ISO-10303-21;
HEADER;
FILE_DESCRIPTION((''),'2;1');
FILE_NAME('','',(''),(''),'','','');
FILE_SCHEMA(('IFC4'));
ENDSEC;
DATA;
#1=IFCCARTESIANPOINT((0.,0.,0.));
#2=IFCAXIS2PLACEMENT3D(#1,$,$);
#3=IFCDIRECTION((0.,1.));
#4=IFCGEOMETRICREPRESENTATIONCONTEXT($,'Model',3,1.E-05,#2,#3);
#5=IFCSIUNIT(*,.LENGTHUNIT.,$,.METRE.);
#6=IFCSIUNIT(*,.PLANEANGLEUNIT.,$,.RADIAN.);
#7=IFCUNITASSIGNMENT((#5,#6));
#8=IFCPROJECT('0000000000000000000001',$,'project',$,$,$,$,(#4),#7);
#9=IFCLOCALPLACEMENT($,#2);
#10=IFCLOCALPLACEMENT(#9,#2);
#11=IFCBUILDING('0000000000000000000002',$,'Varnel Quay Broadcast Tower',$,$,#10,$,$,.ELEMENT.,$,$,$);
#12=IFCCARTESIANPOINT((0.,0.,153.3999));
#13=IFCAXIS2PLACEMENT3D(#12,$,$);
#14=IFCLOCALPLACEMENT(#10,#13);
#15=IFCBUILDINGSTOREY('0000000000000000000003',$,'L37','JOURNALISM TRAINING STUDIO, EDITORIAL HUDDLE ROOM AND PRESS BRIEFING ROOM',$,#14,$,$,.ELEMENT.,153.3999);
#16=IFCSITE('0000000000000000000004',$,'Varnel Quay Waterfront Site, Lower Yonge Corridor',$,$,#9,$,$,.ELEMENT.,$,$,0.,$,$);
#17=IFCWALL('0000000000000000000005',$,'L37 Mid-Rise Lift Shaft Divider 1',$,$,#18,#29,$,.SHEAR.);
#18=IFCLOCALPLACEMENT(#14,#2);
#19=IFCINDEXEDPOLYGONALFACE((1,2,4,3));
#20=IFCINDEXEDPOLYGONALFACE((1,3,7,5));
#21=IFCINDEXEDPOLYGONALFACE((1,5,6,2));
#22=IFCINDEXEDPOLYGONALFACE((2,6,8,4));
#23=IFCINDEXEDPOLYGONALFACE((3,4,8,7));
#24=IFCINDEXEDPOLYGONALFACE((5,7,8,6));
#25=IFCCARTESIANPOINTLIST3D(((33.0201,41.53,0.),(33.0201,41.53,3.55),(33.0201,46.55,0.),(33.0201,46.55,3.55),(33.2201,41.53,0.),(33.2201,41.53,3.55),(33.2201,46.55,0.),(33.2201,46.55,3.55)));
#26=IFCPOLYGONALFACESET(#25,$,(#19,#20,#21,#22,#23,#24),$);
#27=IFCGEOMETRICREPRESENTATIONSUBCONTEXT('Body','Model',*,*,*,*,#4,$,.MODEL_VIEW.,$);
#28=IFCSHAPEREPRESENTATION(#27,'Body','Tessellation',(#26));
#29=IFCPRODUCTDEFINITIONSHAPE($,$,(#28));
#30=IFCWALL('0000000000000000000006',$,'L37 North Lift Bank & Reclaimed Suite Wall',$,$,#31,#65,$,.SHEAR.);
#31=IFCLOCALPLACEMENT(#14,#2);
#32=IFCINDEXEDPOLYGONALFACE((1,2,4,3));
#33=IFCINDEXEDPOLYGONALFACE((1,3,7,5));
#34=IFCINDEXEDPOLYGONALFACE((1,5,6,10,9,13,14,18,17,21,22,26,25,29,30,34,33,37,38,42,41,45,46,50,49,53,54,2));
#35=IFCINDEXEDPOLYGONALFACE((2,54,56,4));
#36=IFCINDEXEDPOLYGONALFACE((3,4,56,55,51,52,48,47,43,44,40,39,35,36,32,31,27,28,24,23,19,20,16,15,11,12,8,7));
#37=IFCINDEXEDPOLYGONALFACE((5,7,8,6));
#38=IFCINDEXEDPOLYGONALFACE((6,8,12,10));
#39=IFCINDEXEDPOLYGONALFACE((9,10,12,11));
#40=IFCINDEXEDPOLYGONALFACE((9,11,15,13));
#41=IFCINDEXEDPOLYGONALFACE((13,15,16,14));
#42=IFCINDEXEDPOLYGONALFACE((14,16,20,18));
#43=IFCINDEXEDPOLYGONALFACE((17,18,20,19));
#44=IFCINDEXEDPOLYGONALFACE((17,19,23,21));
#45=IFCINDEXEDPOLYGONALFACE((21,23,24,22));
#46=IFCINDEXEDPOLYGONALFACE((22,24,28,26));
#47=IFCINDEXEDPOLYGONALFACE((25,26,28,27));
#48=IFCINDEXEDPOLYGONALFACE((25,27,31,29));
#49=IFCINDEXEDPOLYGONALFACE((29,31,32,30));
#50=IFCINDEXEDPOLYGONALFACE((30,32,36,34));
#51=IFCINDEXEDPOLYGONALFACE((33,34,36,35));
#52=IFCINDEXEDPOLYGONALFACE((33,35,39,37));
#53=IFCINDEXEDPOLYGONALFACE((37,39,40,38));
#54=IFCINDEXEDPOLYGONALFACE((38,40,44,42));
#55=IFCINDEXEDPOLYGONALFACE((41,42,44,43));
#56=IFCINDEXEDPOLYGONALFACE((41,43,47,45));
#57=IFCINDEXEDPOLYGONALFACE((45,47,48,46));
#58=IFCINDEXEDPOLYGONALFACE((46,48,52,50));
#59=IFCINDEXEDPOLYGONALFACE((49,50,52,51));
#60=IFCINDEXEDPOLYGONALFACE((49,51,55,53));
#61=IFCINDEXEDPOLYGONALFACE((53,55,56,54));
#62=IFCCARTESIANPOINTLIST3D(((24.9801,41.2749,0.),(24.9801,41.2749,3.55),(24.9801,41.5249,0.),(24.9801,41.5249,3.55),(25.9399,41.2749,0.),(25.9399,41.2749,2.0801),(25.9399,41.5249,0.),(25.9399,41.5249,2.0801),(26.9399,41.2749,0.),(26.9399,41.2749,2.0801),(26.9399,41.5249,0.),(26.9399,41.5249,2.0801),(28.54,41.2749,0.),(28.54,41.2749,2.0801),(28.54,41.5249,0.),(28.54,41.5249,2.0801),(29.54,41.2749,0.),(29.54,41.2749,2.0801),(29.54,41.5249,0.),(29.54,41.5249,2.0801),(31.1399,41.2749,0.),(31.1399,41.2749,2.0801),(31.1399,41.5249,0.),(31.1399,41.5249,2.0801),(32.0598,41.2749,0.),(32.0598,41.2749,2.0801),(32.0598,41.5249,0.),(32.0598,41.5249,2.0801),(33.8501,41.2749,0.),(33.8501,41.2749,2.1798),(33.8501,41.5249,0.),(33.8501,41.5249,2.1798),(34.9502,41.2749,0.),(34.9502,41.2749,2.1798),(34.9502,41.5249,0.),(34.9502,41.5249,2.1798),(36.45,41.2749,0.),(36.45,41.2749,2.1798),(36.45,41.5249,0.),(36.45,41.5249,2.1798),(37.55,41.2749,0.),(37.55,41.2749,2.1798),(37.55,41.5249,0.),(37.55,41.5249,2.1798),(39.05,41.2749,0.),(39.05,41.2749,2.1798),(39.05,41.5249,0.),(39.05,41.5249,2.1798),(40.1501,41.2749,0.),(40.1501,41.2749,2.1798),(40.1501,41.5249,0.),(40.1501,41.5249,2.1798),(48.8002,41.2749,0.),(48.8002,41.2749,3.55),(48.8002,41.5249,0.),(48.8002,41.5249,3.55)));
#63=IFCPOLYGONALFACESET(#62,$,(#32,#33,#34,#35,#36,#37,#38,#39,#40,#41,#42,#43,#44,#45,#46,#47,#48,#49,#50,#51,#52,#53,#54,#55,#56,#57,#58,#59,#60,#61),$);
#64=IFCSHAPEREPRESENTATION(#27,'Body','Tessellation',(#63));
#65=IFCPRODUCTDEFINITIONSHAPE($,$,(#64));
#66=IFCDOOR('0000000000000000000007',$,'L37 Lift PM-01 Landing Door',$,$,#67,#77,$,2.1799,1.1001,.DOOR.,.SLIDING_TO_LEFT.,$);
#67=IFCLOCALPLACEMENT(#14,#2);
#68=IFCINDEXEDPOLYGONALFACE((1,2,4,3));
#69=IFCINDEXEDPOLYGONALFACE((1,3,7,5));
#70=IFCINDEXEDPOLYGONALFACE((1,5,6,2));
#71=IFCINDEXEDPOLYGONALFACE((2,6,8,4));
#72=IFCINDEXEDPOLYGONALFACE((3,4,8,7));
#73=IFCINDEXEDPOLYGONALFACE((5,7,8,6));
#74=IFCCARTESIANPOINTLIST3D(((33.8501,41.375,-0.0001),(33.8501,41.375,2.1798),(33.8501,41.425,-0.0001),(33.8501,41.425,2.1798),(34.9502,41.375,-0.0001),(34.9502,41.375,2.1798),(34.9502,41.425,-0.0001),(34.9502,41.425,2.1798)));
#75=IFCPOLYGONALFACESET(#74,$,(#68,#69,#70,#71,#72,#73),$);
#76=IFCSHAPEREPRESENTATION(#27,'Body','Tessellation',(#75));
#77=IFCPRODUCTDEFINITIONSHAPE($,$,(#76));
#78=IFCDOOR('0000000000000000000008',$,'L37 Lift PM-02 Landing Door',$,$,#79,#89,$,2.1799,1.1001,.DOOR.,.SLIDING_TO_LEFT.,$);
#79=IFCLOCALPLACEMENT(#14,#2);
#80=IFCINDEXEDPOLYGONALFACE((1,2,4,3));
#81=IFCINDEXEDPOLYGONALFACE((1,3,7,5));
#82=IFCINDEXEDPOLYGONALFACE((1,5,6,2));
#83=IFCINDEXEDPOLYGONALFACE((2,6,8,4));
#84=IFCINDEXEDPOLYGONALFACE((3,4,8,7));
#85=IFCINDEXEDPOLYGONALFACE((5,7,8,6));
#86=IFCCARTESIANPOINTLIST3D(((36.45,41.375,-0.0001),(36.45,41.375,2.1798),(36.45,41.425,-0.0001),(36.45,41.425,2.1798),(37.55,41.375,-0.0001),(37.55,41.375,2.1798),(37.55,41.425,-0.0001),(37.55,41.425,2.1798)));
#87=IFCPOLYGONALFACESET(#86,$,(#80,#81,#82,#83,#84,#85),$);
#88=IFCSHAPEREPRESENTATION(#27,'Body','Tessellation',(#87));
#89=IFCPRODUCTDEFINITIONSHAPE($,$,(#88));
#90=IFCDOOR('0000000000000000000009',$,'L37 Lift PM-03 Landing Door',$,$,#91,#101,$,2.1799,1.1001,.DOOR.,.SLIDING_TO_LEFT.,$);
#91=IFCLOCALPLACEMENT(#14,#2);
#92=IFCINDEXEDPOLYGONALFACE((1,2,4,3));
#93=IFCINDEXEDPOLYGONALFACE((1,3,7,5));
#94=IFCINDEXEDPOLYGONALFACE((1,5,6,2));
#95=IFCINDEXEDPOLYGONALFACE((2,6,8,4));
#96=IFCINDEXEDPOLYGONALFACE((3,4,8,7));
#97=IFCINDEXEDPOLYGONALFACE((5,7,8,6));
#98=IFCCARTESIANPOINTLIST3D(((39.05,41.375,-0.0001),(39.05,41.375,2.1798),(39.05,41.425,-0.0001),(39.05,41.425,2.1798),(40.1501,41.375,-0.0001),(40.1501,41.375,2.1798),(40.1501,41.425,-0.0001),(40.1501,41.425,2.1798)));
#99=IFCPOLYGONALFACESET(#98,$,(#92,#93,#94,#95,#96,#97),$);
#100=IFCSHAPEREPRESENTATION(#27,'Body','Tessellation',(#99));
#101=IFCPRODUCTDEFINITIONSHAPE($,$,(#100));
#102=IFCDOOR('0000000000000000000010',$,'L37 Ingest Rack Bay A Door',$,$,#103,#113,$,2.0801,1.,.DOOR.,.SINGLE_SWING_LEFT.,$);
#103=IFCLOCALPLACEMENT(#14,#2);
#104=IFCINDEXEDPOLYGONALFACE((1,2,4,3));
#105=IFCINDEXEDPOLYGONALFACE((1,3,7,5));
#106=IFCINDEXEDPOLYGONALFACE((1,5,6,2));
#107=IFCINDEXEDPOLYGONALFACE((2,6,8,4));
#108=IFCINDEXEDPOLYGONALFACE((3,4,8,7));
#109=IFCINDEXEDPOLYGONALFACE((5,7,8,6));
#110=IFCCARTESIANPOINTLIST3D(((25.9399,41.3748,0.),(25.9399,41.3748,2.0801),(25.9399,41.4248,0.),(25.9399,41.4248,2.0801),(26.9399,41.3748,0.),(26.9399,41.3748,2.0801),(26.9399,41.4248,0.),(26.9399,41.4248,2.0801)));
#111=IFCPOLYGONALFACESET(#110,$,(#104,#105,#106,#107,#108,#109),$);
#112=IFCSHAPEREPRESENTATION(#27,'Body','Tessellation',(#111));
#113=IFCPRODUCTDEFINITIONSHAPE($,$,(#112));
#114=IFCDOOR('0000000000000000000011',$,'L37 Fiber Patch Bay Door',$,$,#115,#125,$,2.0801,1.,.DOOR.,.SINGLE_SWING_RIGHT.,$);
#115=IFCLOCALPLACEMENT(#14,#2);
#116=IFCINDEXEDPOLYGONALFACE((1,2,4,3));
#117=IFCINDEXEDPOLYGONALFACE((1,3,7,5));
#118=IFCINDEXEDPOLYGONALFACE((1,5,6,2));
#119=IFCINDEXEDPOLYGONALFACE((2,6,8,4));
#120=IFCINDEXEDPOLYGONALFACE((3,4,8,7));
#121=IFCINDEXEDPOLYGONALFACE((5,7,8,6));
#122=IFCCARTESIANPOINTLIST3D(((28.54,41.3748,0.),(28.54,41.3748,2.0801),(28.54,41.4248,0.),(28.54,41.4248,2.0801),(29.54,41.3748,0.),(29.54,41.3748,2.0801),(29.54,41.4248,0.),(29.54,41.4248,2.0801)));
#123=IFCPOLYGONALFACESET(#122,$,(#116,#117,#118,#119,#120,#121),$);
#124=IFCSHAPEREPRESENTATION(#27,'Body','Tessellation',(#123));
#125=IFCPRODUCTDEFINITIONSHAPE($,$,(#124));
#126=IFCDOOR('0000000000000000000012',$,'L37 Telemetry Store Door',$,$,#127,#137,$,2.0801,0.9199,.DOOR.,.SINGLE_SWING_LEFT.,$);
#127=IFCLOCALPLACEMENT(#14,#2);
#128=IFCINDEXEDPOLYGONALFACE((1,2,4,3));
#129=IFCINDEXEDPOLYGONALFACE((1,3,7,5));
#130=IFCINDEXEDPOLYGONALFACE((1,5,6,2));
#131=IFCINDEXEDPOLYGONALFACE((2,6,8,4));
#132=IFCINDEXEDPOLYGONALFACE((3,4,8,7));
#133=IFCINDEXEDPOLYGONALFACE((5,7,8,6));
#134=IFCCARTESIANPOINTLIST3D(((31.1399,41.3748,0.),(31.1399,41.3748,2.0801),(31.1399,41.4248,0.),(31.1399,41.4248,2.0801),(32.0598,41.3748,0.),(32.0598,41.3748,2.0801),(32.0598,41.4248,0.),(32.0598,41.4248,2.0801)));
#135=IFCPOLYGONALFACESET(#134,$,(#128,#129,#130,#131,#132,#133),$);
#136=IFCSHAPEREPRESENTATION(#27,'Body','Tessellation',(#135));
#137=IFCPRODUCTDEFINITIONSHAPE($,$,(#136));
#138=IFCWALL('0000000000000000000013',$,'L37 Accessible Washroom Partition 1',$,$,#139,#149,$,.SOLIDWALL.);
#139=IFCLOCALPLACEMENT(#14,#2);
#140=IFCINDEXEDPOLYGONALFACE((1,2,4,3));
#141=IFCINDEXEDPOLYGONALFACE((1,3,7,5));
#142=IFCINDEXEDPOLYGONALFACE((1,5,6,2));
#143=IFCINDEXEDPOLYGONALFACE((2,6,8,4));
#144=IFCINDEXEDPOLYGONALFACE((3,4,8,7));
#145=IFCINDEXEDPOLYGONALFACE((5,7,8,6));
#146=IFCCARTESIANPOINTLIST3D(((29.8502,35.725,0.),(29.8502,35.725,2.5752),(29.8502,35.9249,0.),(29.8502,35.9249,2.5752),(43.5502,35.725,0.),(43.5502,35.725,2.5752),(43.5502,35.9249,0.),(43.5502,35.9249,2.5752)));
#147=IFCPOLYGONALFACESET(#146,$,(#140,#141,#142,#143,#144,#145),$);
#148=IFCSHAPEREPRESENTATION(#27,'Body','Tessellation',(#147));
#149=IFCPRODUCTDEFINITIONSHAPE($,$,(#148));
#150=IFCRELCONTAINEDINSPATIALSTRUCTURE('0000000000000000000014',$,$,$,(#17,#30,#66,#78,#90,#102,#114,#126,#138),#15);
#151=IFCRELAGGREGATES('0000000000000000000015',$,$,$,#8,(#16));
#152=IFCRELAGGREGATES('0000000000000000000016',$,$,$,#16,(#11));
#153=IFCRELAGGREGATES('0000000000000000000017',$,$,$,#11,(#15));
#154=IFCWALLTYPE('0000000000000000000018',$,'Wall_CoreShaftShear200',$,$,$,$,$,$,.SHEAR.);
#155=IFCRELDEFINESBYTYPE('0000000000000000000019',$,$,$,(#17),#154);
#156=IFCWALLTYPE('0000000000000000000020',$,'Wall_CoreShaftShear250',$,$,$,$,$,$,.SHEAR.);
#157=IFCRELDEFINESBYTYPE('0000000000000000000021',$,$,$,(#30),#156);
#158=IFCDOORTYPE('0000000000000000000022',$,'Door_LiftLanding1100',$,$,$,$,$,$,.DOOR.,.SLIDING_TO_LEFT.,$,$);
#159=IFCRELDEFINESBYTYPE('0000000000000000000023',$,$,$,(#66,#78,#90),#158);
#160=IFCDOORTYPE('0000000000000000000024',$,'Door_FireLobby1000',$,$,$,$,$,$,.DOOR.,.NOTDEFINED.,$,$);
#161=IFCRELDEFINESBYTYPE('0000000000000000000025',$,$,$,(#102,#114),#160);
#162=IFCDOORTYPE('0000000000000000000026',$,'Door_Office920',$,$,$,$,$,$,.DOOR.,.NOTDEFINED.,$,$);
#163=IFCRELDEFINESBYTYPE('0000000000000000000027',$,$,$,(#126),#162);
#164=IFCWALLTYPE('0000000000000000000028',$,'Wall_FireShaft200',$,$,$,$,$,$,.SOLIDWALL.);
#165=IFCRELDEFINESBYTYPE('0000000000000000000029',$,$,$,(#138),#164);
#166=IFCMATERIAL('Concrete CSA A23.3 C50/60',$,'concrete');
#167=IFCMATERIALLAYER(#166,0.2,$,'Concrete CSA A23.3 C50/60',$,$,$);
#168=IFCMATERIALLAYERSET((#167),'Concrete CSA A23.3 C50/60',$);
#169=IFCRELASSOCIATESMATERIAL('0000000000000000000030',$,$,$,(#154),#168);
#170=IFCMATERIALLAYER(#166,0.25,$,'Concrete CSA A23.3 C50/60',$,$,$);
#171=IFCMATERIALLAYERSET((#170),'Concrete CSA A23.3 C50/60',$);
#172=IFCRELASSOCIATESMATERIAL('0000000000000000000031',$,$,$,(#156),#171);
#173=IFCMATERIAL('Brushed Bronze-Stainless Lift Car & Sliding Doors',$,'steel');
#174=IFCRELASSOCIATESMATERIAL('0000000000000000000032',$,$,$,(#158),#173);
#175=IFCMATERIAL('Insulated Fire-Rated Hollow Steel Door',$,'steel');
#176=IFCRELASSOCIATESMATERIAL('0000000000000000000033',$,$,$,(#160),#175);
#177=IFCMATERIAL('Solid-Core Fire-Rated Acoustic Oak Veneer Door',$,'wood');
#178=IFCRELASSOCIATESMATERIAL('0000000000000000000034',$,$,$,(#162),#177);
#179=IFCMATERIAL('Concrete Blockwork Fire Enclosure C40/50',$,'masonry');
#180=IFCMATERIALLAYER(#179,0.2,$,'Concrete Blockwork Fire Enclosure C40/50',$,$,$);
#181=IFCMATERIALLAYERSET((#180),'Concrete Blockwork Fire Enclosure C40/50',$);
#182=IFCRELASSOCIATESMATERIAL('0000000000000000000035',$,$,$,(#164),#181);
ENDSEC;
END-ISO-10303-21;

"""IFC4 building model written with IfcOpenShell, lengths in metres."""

from ifc_helpers import new_model, si_unit, direction, frame, frame_2d, origin, place, context, subcontext, project, spatial, rectangle, extrude, source, transform, mapped, material, layer, layer_set, type_object, type_shapes, element, fill, save


model = new_model("IFC4")

# Units and contexts
model_context = context("Model", 3, precision=1e-05, world=origin(), true_north=direction((0.0, 1.0)))
body_context = subcontext(model_context, "Body", "Model", "MODEL_VIEW")
ifc_project = project(units=[si_unit("LENGTHUNIT", "METRE"), si_unit("PLANEANGLEUNIT", "RADIAN")], contexts=[model_context])

# Site, building, storey
site_placement = place(None, origin())
site = spatial("IfcSite", under=ifc_project, at=site_placement, Name="Varnel Quay Waterfront Site, Lower Yonge Corridor", CompositionType="ELEMENT", RefElevation=0.0)
building_placement = place(site_placement, origin())
building = spatial("IfcBuilding", under=site, at=building_placement, Name="Varnel Quay Broadcast Tower", CompositionType="ELEMENT")
storey_placement = place(building_placement, frame((0.0, 0.0, 153.3999)))
storey = spatial("IfcBuildingStorey", under=building, at=storey_placement, Name="L37", Description="JOURNALISM TRAINING STUDIO, EDITORIAL HUDDLE ROOM AND PRESS BRIEFING ROOM", CompositionType="ELEMENT", Elevation=153.3999)

# Shared definitions
ifc_material_1 = material(Name="Concrete CSA A23.3 C50/60", Category="concrete")

# Wall
ifc_layer_1 = layer(ifc_material_1, 0.2, Name="Concrete CSA A23.3 C50/60")
ifc_layer_set_1 = layer_set([ifc_layer_1], Name="Concrete CSA A23.3 C50/60")
wall_type_1 = type_object("IfcWallType", Name="Wall_CoreShaftShear200", PredefinedType="SHEAR", material=ifc_layer_set_1)
wall_1_placement = place(storey_placement, frame((33.1201, 41.53, 0.0), z_axis=(0.0, 0.0, 1.0), x_axis=(0.0, 1.0, 0.0)))
element("IfcWall", 1, at=wall_1_placement, inside=storey, type_object=wall_type_1, Name="L37 Mid-Rise Lift Shaft Divider 1", PredefinedType="SHEAR", context=body_context, shape_type="SweptSolid", body=[
    extrude(rectangle(XDim=5.02, YDim=0.2, at=frame_2d((2.51, 0.0))), origin(), (0.0, 0.0, 1.0), 3.55),
])

# Wall, openings, doors
ifc_layer_2 = layer(ifc_material_1, 0.25, Name="Concrete CSA A23.3 C50/60")
ifc_layer_set_2 = layer_set([ifc_layer_2], Name="Concrete CSA A23.3 C50/60")
wall_type_2 = type_object("IfcWallType", Name="Wall_CoreShaftShear250", PredefinedType="SHEAR", material=ifc_layer_set_2)
wall_2_placement = place(storey_placement, frame((24.98, 41.3999, 0.0), z_axis=(0.0, 0.0, 1.0), x_axis=(1.0, 0.0, 0.0)))
wall_2 = element("IfcWall", 2, at=wall_2_placement, inside=storey, type_object=wall_type_2, Name="L37 North Lift Bank & Reclaimed Suite Wall", PredefinedType="SHEAR", context=body_context, shape_type="SweptSolid", body=[
    extrude(rectangle(XDim=23.8201, YDim=0.25, at=frame_2d((11.9102, 0.0))), origin(), (0.0, 0.0, 1.0), 3.55),
])
opening_1_placement = place(wall_2_placement, frame((8.8701, 0.0, 0.0)))
opening_1 = element("IfcOpeningElement", 3, at=opening_1_placement, cuts=wall_2, PredefinedType="OPENING", context=body_context, shape_type="SweptSolid", body=[
    extrude(rectangle(XDim=1.1001, YDim=2.1799, at=frame_2d((0.55, 1.0898))), frame((0.0, 0.135, 0.0), z_axis=(0.0, -1.0, 0.0), x_axis=(1.0, 0.0, 0.0)), (0.0, 0.0, 1.0), 0.27),
])
opening_2_placement = place(wall_2_placement, frame((11.47, 0.0, 0.0)))
opening_2 = element("IfcOpeningElement", 4, at=opening_2_placement, cuts=wall_2, PredefinedType="OPENING", context=body_context, shape_type="SweptSolid", body=[
    extrude(rectangle(XDim=1.1001, YDim=2.1799, at=frame_2d((0.55, 1.0898))), frame((0.0, 0.135, 0.0), z_axis=(0.0, -1.0, 0.0), x_axis=(1.0, 0.0, 0.0)), (0.0, 0.0, 1.0), 0.27),
])
opening_3_placement = place(wall_2_placement, frame((14.0701, 0.0, 0.0)))
opening_3 = element("IfcOpeningElement", 5, at=opening_3_placement, cuts=wall_2, PredefinedType="OPENING", context=body_context, shape_type="SweptSolid", body=[
    extrude(rectangle(XDim=1.1001, YDim=2.1799, at=frame_2d((0.55, 1.0898))), frame((0.0, 0.135, 0.0), z_axis=(0.0, -1.0, 0.0), x_axis=(1.0, 0.0, 0.0)), (0.0, 0.0, 1.0), 0.27),
])
opening_4_placement = place(wall_2_placement, frame((0.96, 0.0, 0.0)))
opening_4 = element("IfcOpeningElement", 6, at=opening_4_placement, cuts=wall_2, PredefinedType="OPENING", context=body_context, shape_type="SweptSolid", body=[
    extrude(rectangle(XDim=1.0, YDim=2.0801, at=frame_2d((0.5, 1.04))), frame((0.0, 0.135, 0.0), z_axis=(0.0, -1.0, 0.0), x_axis=(1.0, 0.0, 0.0)), (0.0, 0.0, 1.0), 0.27),
])
opening_5_placement = place(wall_2_placement, frame((3.5601, 0.0, 0.0)))
opening_5 = element("IfcOpeningElement", 7, at=opening_5_placement, cuts=wall_2, PredefinedType="OPENING", context=body_context, shape_type="SweptSolid", body=[
    extrude(rectangle(XDim=1.0, YDim=2.0801, at=frame_2d((0.5, 1.04))), frame((0.0, 0.135, 0.0), z_axis=(0.0, -1.0, 0.0), x_axis=(1.0, 0.0, 0.0)), (0.0, 0.0, 1.0), 0.27),
])
opening_6_placement = place(wall_2_placement, frame((6.1599, 0.0, 0.0)))
opening_6 = element("IfcOpeningElement", 8, at=opening_6_placement, cuts=wall_2, PredefinedType="OPENING", context=body_context, shape_type="SweptSolid", body=[
    extrude(rectangle(XDim=0.9199, YDim=2.0801, at=frame_2d((0.46, 1.04))), frame((0.0, 0.135, 0.0), z_axis=(0.0, -1.0, 0.0), x_axis=(1.0, 0.0, 0.0)), (0.0, 0.0, 1.0), 0.27),
])
ifc_material_2 = material(Name="Brushed Bronze-Stainless Lift Car & Sliding Doors", Category="steel")
door_type_1 = type_object("IfcDoorType", Name="Door_LiftLanding1100", OperationType="SLIDING_TO_LEFT", PredefinedType="DOOR", material=ifc_material_2)
shared_shape_1 = source(origin(), body_context, "Body", "SweptSolid", [
    extrude(rectangle(XDim=1.1001, YDim=2.1799, at=frame_2d((0.55, 1.0898))), frame((0.0, 0.0249, 0.0), z_axis=(0.0, -1.0, 0.0), x_axis=(1.0, 0.0, 0.0)), (0.0, 0.0, 1.0), 0.05),
])
type_shapes(door_type_1, [shared_shape_1])
door_1_placement = place(opening_1_placement, frame((1.1001, 0.0, 0.0), z_axis=(0.0, 0.0, 1.0), x_axis=(-1.0, 0.0, 0.0)))
door_1 = element("IfcDoor", 9, at=door_1_placement, inside=storey, type_object=door_type_1, Name="L37 Lift PM-01 Landing Door", OperationType="SLIDING_TO_LEFT", OverallHeight=2.1799, OverallWidth=1.1001, PredefinedType="DOOR", context=body_context, shape_type="MappedRepresentation", body=[
    mapped(shared_shape_1, transform((0.0, 0.0, 0.0), x_axis=(1.0, 0.0, 0.0), y_axis=(0.0, 1.0, 0.0), z_axis=(0.0, 0.0, 1.0), scale=1.0)),
])
fill(opening_1, door_1)
door_2_placement = place(opening_2_placement, frame((1.1001, 0.0, 0.0), z_axis=(0.0, 0.0, 1.0), x_axis=(-1.0, 0.0, 0.0)))
door_2 = element("IfcDoor", 10, at=door_2_placement, inside=storey, type_object=door_type_1, Name="L37 Lift PM-02 Landing Door", OperationType="SLIDING_TO_LEFT", OverallHeight=2.1799, OverallWidth=1.1001, PredefinedType="DOOR", context=body_context, shape_type="MappedRepresentation", body=[
    mapped(shared_shape_1, transform((0.0, 0.0, 0.0), x_axis=(1.0, 0.0, 0.0), y_axis=(0.0, 1.0, 0.0), z_axis=(0.0, 0.0, 1.0), scale=1.0)),
])
fill(opening_2, door_2)
door_3_placement = place(opening_3_placement, frame((1.1001, 0.0, 0.0), z_axis=(0.0, 0.0, 1.0), x_axis=(-1.0, 0.0, 0.0)))
door_3 = element("IfcDoor", 11, at=door_3_placement, inside=storey, type_object=door_type_1, Name="L37 Lift PM-03 Landing Door", OperationType="SLIDING_TO_LEFT", OverallHeight=2.1799, OverallWidth=1.1001, PredefinedType="DOOR", context=body_context, shape_type="MappedRepresentation", body=[
    mapped(shared_shape_1, transform((0.0, 0.0, 0.0), x_axis=(1.0, 0.0, 0.0), y_axis=(0.0, 1.0, 0.0), z_axis=(0.0, 0.0, 1.0), scale=1.0)),
])
fill(opening_3, door_3)
ifc_material_3 = material(Name="Insulated Fire-Rated Hollow Steel Door", Category="steel")
door_type_2 = type_object("IfcDoorType", Name="Door_FireLobby1000", OperationType="NOTDEFINED", PredefinedType="DOOR", material=ifc_material_3)
shared_shape_2 = source(origin(), body_context, "Body", "SweptSolid", [
    extrude(rectangle(XDim=1.0, YDim=2.0801, at=frame_2d((0.5, 1.04))), frame((0.0, 0.0249, 0.0), z_axis=(0.0, -1.0, 0.0), x_axis=(1.0, 0.0, 0.0)), (0.0, 0.0, 1.0), 0.05),
])
type_shapes(door_type_2, [shared_shape_2])
door_4_placement = place(opening_4_placement, origin())
door_4 = element("IfcDoor", 12, at=door_4_placement, inside=storey, type_object=door_type_2, Name="L37 Ingest Rack Bay A Door", OperationType="SINGLE_SWING_LEFT", OverallHeight=2.0801, OverallWidth=1.0, PredefinedType="DOOR", context=body_context, shape_type="MappedRepresentation", body=[
    mapped(shared_shape_2, transform((0.0, 0.0, 0.0), x_axis=(1.0, 0.0, 0.0), y_axis=(0.0, 1.0, 0.0), z_axis=(0.0, 0.0, 1.0), scale=1.0)),
])
fill(opening_4, door_4)
door_5_placement = place(opening_5_placement, origin())
door_5 = element("IfcDoor", 13, at=door_5_placement, inside=storey, type_object=door_type_2, Name="L37 Fiber Patch Bay Door", OperationType="SINGLE_SWING_RIGHT", OverallHeight=2.0801, OverallWidth=1.0, PredefinedType="DOOR", context=body_context, shape_type="MappedRepresentation", body=[
    mapped(shared_shape_2, transform((0.0, 0.0, 0.0), x_axis=(1.0, 0.0, 0.0), y_axis=(0.0, 1.0, 0.0), z_axis=(0.0, 0.0, 1.0), scale=1.0)),
])
fill(opening_5, door_5)
ifc_material_4 = material(Name="Solid-Core Fire-Rated Acoustic Oak Veneer Door", Category="wood")
door_type_3 = type_object("IfcDoorType", Name="Door_Office920", OperationType="NOTDEFINED", PredefinedType="DOOR", material=ifc_material_4)
shared_shape_3 = source(origin(), body_context, "Body", "SweptSolid", [
    extrude(rectangle(XDim=0.9199, YDim=2.0801, at=frame_2d((0.46, 1.04))), frame((0.0, 0.0249, 0.0), z_axis=(0.0, -1.0, 0.0), x_axis=(1.0, 0.0, 0.0)), (0.0, 0.0, 1.0), 0.05),
])
type_shapes(door_type_3, [shared_shape_3])
door_6_placement = place(opening_6_placement, origin())
door_6 = element("IfcDoor", 14, at=door_6_placement, inside=storey, type_object=door_type_3, Name="L37 Telemetry Store Door", OperationType="SINGLE_SWING_LEFT", OverallHeight=2.0801, OverallWidth=0.9199, PredefinedType="DOOR", context=body_context, shape_type="MappedRepresentation", body=[
    mapped(shared_shape_3, transform((0.0, 0.0, 0.0), x_axis=(1.0, 0.0, 0.0), y_axis=(0.0, 1.0, 0.0), z_axis=(0.0, 0.0, 1.0), scale=1.0)),
])
fill(opening_6, door_6)

# Wall
ifc_material_5 = material(Name="Concrete Blockwork Fire Enclosure C40/50", Category="masonry")
ifc_layer_3 = layer(ifc_material_5, 0.2, Name="Concrete Blockwork Fire Enclosure C40/50")
ifc_layer_set_3 = layer_set([ifc_layer_3], Name="Concrete Blockwork Fire Enclosure C40/50")
wall_type_3 = type_object("IfcWallType", Name="Wall_FireShaft200", PredefinedType="SOLIDWALL", material=ifc_layer_set_3)
wall_3_placement = place(storey_placement, frame((29.8501, 35.825, 0.0), z_axis=(0.0, 0.0, 1.0), x_axis=(1.0, 0.0, 0.0)))
element("IfcWall", 15, at=wall_3_placement, inside=storey, type_object=wall_type_3, Name="L37 Accessible Washroom Partition 1", PredefinedType="SOLIDWALL", context=body_context, shape_type="SweptSolid", body=[
    extrude(rectangle(XDim=13.7, YDim=0.2, at=frame_2d((6.8501, 0.0))), origin(), (0.0, 0.0, 1.0), 2.5752),
])

save(model, "model.ifc")
